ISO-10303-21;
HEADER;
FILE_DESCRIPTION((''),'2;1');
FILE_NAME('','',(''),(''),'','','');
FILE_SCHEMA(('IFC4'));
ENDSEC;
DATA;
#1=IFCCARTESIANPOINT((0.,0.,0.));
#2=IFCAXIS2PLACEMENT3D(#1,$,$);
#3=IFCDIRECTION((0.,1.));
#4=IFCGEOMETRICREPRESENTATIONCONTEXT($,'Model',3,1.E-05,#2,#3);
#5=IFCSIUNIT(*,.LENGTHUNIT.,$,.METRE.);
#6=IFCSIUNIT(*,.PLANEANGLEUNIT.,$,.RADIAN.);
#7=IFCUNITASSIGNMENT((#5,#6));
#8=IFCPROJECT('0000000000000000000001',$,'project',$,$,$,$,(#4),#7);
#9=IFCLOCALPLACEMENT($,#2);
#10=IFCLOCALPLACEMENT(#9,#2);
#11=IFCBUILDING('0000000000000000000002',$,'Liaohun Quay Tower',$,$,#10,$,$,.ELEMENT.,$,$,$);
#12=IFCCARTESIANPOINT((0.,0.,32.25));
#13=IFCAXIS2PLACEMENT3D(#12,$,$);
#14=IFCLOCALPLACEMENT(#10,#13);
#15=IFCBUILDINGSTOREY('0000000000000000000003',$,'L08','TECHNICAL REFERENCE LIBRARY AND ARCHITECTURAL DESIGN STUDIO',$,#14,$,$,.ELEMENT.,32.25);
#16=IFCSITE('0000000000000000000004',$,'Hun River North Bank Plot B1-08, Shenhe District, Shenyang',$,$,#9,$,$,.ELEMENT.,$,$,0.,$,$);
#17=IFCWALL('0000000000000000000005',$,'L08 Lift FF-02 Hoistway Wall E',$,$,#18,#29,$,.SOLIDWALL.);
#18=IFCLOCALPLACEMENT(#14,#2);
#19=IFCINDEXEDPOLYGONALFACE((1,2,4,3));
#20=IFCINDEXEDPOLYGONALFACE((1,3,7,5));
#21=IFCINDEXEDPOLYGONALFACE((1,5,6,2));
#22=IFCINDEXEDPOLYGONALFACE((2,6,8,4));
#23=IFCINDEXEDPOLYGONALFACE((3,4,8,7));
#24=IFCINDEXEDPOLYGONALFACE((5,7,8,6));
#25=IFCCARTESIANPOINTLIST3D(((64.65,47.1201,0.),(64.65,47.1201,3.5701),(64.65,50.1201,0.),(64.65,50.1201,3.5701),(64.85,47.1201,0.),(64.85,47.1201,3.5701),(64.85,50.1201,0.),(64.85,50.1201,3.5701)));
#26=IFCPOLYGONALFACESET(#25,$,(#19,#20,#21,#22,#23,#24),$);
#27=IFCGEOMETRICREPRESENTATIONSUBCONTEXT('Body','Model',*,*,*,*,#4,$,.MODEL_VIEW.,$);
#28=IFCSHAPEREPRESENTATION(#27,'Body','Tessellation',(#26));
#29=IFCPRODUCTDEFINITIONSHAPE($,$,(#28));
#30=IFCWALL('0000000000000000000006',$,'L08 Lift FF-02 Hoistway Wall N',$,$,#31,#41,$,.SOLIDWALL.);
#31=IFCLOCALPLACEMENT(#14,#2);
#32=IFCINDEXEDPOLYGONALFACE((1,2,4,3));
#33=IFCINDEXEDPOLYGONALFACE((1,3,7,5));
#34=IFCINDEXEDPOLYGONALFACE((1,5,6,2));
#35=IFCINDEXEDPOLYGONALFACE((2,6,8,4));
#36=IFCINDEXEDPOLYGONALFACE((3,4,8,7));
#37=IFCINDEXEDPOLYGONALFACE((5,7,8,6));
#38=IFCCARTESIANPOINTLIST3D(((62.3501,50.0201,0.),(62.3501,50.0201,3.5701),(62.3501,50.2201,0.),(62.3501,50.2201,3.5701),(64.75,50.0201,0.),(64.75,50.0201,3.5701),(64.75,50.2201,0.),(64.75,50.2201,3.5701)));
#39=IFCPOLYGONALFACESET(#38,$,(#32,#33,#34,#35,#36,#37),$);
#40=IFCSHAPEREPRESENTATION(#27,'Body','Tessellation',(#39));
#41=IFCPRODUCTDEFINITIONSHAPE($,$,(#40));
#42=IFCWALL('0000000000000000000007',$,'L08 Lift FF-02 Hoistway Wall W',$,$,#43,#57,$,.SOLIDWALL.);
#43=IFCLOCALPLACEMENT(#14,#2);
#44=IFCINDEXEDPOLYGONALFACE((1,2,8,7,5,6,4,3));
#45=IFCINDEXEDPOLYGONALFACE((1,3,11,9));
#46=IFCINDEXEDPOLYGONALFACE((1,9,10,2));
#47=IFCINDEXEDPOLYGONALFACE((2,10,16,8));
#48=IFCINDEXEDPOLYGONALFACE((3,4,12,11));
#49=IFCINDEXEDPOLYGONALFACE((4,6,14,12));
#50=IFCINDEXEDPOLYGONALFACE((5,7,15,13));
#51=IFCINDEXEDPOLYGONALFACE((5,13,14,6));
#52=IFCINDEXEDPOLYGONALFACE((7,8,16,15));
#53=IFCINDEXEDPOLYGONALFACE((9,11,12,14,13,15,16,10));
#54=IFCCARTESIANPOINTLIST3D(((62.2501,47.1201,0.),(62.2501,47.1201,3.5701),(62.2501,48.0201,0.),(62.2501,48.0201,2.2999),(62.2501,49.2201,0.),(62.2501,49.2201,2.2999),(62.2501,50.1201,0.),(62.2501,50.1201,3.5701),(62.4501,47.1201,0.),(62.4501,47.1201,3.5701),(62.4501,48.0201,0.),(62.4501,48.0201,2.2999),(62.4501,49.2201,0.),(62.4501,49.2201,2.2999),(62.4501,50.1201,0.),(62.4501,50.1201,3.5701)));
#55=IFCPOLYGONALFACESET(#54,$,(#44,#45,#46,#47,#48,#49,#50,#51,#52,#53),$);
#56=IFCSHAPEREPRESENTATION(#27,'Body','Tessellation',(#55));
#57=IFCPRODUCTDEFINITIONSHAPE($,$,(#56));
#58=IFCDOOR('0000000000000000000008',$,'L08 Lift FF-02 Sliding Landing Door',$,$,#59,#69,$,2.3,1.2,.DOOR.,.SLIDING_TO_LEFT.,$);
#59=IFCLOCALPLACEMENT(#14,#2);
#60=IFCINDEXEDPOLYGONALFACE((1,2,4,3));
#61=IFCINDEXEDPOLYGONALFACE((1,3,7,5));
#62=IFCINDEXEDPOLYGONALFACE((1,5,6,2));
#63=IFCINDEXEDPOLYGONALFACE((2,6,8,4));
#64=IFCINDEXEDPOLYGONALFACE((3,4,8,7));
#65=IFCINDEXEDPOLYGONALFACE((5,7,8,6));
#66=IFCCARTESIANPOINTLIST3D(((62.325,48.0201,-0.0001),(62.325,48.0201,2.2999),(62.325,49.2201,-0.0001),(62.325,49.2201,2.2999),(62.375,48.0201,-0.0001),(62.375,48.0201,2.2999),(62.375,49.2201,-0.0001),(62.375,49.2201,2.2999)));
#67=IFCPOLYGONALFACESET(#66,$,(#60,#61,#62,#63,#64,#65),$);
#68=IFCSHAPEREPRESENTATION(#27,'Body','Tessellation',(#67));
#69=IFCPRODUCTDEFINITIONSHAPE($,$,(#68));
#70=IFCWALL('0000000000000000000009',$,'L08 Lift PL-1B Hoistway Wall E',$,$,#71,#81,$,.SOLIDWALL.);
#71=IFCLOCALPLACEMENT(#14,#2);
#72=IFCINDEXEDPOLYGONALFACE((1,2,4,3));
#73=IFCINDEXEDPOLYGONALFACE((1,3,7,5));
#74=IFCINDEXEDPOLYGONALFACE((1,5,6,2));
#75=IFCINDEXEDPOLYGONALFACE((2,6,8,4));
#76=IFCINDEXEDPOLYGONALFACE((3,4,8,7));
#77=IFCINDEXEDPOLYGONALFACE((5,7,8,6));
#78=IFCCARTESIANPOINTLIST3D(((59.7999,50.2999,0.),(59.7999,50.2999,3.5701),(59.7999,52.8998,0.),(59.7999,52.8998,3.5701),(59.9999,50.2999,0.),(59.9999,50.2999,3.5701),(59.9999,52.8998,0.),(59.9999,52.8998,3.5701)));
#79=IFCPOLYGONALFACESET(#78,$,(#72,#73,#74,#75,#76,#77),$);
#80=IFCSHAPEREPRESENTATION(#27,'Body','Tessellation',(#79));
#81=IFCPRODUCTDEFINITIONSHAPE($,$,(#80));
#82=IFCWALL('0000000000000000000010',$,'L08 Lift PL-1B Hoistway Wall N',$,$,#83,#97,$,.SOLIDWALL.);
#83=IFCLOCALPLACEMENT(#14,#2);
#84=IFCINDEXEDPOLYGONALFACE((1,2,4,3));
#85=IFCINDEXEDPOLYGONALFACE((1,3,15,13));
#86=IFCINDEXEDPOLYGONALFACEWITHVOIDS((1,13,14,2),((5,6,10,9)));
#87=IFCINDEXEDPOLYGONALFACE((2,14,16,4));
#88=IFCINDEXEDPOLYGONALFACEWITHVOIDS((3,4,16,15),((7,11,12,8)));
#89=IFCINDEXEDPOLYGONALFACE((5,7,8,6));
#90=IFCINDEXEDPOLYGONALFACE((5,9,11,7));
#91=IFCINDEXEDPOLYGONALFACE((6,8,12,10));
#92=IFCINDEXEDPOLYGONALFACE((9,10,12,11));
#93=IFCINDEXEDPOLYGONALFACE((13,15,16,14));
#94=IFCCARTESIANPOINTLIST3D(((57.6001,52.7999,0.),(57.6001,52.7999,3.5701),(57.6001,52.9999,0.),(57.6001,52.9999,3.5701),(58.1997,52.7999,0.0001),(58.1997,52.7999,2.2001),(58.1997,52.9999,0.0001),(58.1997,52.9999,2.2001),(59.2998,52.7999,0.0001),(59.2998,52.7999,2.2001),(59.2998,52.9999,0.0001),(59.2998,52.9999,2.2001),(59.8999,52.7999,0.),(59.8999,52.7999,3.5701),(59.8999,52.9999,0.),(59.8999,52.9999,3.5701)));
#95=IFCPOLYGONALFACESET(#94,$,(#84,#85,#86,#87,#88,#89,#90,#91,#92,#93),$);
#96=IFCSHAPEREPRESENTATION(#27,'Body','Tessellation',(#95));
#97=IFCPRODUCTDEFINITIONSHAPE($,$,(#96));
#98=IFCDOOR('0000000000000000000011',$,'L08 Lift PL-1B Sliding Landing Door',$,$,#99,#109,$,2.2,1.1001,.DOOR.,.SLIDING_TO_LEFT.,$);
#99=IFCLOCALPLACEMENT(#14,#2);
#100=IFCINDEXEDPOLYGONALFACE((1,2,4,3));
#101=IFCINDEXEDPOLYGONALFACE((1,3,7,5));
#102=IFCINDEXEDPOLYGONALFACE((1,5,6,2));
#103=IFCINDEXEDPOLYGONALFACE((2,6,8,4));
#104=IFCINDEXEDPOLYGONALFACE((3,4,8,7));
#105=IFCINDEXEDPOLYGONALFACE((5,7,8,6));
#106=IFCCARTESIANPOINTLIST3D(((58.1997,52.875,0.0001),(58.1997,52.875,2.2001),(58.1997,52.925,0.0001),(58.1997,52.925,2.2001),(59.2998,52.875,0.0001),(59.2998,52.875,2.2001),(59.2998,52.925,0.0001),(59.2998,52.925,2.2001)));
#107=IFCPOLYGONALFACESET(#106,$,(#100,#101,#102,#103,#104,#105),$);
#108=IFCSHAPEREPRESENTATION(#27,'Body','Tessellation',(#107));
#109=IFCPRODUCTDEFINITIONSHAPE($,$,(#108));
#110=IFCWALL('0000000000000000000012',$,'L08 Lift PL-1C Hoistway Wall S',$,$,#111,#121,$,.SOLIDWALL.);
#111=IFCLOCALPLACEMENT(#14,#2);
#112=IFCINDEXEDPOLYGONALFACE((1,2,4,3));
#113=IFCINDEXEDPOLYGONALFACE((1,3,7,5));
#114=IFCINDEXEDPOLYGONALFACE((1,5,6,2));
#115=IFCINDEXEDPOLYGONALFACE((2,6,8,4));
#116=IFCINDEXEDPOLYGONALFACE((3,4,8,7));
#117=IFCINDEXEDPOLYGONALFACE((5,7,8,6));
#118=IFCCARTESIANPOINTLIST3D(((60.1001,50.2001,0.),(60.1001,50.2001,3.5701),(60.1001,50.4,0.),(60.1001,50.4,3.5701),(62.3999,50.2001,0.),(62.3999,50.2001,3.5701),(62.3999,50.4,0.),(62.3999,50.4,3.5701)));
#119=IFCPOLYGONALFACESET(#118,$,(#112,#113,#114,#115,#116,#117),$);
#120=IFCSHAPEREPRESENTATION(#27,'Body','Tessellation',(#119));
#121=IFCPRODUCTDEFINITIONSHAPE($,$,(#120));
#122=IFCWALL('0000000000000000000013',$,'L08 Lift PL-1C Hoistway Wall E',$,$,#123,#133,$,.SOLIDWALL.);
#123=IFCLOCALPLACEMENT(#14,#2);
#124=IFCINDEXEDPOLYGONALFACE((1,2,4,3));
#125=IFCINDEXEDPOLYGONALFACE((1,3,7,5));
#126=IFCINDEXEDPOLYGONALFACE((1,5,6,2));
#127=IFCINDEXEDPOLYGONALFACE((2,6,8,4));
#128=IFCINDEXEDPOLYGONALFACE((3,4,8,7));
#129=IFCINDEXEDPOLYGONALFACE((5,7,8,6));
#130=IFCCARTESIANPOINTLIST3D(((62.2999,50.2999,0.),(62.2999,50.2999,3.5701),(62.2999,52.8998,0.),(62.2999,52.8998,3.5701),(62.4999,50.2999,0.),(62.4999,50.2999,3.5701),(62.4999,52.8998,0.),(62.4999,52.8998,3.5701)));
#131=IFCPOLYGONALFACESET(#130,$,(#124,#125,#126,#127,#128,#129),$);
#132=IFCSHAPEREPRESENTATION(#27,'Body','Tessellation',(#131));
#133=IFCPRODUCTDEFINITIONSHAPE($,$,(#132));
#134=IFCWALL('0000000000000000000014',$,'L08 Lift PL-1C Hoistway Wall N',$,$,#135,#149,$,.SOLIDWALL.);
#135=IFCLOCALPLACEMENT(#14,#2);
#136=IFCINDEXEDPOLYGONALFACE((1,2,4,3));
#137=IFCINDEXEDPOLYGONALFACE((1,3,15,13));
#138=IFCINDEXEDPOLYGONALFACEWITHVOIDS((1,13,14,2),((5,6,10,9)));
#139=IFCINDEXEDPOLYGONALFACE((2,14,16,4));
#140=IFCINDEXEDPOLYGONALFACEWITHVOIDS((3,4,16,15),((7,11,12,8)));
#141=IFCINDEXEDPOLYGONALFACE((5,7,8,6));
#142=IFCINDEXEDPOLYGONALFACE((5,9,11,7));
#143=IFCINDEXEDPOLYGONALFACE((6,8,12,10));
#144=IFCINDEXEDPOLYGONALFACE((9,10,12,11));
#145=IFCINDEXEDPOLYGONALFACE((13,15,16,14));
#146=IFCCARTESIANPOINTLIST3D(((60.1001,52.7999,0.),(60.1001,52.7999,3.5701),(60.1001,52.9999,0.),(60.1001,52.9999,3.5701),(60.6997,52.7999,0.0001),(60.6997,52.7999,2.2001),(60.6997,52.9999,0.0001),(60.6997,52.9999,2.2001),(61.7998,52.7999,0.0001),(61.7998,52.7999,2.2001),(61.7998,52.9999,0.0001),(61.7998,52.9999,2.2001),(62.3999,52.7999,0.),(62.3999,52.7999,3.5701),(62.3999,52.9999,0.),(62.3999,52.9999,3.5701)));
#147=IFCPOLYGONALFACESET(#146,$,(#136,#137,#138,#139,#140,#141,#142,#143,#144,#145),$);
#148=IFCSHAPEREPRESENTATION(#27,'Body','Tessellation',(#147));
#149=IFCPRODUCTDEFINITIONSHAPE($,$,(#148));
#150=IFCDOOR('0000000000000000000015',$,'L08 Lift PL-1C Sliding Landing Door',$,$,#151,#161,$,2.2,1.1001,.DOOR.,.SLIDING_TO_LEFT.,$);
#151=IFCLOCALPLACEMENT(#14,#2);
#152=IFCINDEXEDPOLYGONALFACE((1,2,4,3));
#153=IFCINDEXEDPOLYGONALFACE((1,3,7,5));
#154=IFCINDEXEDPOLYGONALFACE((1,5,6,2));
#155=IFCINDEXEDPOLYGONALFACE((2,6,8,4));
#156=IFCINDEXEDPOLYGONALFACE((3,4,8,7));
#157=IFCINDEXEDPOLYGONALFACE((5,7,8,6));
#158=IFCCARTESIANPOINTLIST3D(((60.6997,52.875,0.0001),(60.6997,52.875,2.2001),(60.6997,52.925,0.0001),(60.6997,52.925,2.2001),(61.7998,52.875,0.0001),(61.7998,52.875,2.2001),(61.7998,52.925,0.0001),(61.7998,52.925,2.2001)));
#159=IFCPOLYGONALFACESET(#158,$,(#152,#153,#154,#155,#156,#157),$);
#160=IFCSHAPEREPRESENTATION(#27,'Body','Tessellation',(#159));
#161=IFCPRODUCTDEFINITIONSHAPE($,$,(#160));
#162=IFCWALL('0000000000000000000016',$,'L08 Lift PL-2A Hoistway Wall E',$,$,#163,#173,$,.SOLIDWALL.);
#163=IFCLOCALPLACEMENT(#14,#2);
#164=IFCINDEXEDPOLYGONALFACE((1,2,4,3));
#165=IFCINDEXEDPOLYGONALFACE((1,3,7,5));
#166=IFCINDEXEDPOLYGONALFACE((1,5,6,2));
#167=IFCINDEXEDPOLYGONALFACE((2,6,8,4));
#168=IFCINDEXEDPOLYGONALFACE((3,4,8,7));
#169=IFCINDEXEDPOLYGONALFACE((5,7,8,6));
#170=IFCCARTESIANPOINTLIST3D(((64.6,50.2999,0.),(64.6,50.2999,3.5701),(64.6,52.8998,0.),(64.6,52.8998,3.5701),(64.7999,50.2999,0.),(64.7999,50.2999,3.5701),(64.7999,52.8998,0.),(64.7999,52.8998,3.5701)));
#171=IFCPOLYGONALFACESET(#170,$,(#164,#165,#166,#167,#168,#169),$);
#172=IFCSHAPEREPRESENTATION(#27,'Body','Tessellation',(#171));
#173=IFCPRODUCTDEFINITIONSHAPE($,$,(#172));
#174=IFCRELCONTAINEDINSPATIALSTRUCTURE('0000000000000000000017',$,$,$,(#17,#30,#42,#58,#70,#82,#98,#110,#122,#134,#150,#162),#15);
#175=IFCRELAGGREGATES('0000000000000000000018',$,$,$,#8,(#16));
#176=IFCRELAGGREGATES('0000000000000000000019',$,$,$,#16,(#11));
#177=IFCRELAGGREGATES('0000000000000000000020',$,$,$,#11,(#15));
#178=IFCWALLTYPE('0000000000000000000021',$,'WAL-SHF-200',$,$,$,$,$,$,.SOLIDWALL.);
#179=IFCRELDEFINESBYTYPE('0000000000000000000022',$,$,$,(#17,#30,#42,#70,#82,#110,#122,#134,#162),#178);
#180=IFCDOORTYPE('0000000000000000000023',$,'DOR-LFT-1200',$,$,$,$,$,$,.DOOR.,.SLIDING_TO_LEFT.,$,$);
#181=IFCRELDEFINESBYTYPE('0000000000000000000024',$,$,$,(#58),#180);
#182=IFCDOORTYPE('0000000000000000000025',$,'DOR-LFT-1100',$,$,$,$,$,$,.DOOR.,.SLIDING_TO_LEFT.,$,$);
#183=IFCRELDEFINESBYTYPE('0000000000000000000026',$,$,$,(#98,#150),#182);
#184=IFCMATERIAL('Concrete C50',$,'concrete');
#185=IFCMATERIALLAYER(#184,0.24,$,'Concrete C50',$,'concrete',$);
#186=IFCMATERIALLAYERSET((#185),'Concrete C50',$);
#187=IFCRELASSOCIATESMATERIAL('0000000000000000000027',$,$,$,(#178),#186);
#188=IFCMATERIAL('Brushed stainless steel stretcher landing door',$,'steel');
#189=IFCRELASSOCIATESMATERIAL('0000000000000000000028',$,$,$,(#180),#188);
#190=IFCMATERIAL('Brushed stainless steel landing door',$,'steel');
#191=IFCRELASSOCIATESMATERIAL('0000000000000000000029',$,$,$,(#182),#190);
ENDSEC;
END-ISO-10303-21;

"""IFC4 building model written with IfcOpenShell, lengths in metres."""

from ifc_helpers import new_model, si_unit, direction, frame, frame_2d, origin, place, context, subcontext, project, spatial, rectangle, extrude, source, transform, mapped, material, layer, layer_set, type_object, element, fill, save


model = new_model("IFC4")

# Units and contexts
model_context = context("Model", 3, precision=1e-05, world=origin(), true_north=direction((0.0, 1.0)))
body_context = subcontext(model_context, "Body", "Model", "MODEL_VIEW")
ifc_project = project(units=[si_unit("LENGTHUNIT", "METRE"), si_unit("PLANEANGLEUNIT", "RADIAN")], contexts=[model_context])

# Site, building, storey
site_placement = place(None, origin())
site = spatial("IfcSite", under=ifc_project, at=site_placement, Name="Hun River North Bank Plot B1-08, Shenhe District, Shenyang", CompositionType="ELEMENT", RefElevation=0.0)
building_placement = place(site_placement, origin())
building = spatial("IfcBuilding", under=site, at=building_placement, Name="Liaohun Quay Tower", CompositionType="ELEMENT")
storey_placement = place(building_placement, frame((0.0, 0.0, 32.25)))
storey = spatial("IfcBuildingStorey", under=building, at=storey_placement, Name="L08", Description="TECHNICAL REFERENCE LIBRARY AND ARCHITECTURAL DESIGN STUDIO", CompositionType="ELEMENT", Elevation=32.25)

# Shared definitions
ifc_material_1 = material(Name="Concrete C50", Category="concrete")
ifc_layer_1 = layer(ifc_material_1, 0.24, Name="Concrete C50", Category="concrete")
ifc_layer_set_1 = layer_set([ifc_layer_1], Name="Concrete C50")
wall_type_1 = type_object("IfcWallType", Name="WAL-SHF-200", PredefinedType="SOLIDWALL", material=ifc_layer_set_1)

# Walls
wall_1_placement = place(storey_placement, frame((64.75, 47.1201, 0.0), z_axis=(0.0, 0.0, 1.0), x_axis=(0.0, 1.0, 0.0)))
element("IfcWall", 1, at=wall_1_placement, inside=storey, type_object=wall_type_1, Name="L08 Lift FF-02 Hoistway Wall E", PredefinedType="SOLIDWALL", context=body_context, shape_type="SweptSolid", body=[
    extrude(rectangle(XDim=3.0, YDim=0.2, at=frame_2d((1.5, 0.0))), origin(), (0.0, 0.0, 1.0), 3.5701),
])
wall_2_placement = place(storey_placement, frame((64.75, 50.1201, 0.0), z_axis=(0.0, 0.0, 1.0), x_axis=(-1.0, 0.0, 0.0)))
element("IfcWall", 2, at=wall_2_placement, inside=storey, type_object=wall_type_1, Name="L08 Lift FF-02 Hoistway Wall N", PredefinedType="SOLIDWALL", context=body_context, shape_type="SweptSolid", body=[
    extrude(rectangle(XDim=2.3999, YDim=0.2, at=frame_2d((1.2, 0.0))), origin(), (0.0, 0.0, 1.0), 3.5701),
])

# Wall, opening, door
wall_3_placement = place(storey_placement, frame((62.3501, 50.1201, 0.0), z_axis=(0.0, 0.0, 1.0), x_axis=(0.0, -1.0, 0.0)))
wall_3 = element("IfcWall", 3, at=wall_3_placement, inside=storey, type_object=wall_type_1, Name="L08 Lift FF-02 Hoistway Wall W", PredefinedType="SOLIDWALL", context=body_context, shape_type="SweptSolid", body=[
    extrude(rectangle(XDim=3.0, YDim=0.2, at=frame_2d((1.5, 0.0))), origin(), (0.0, 0.0, 1.0), 3.5701),
])
shared_shape_1 = source(origin(), body_context, "Body", "SweptSolid", [
    extrude(rectangle(XDim=1.2, YDim=2.3, at=frame_2d((0.6001, 1.1499))), frame((0.0, 0.1099, 0.0), z_axis=(0.0, -1.0, 0.0), x_axis=(1.0, 0.0, 0.0)), (0.0, 0.0, 1.0), 0.22),
])
opening_1_placement = place(wall_3_placement, frame((0.8999, 0.0, 0.0)))
opening_1 = element("IfcOpeningElement", 4, at=opening_1_placement, cuts=wall_3, PredefinedType="OPENING", context=body_context, shape_type="MappedRepresentation", body=[
    mapped(shared_shape_1, transform((0.0, 0.0, 0.0), x_axis=(1.0, 0.0, 0.0), y_axis=(0.0, 1.0, 0.0), z_axis=(0.0, 0.0, 1.0), scale=1.0)),
])
ifc_material_2 = material(Name="Brushed stainless steel stretcher landing door", Category="steel")
door_type_1 = type_object("IfcDoorType", Name="DOR-LFT-1200", OperationType="SLIDING_TO_LEFT", PredefinedType="DOOR", material=ifc_material_2)
shared_shape_2 = source(origin(), body_context, "Body", "SweptSolid", [
    extrude(rectangle(XDim=1.2, YDim=2.3, at=frame_2d((0.6001, 1.1499))), frame((0.0, 0.0249, 0.0), z_axis=(0.0, -1.0, 0.0), x_axis=(1.0, 0.0, 0.0)), (0.0, 0.0, 1.0), 0.05),
])
door_1_placement = place(opening_1_placement, origin())
door_1 = element("IfcDoor", 5, at=door_1_placement, inside=storey, type_object=door_type_1, Name="L08 Lift FF-02 Sliding Landing Door", OperationType="SLIDING_TO_LEFT", OverallHeight=2.3, OverallWidth=1.2, PredefinedType="DOOR", context=body_context, shape_type="MappedRepresentation", body=[
    mapped(shared_shape_2, transform((0.0, 0.0, 0.0), x_axis=(1.0, 0.0, 0.0), y_axis=(0.0, 1.0, 0.0), z_axis=(0.0, 0.0, 1.0), scale=1.0)),
])
fill(opening_1, door_1)

# Wall
wall_4_placement = place(storey_placement, frame((59.8999, 50.3, 0.0), z_axis=(0.0, 0.0, 1.0), x_axis=(0.0, 1.0, 0.0)))
element("IfcWall", 6, at=wall_4_placement, inside=storey, type_object=wall_type_1, Name="L08 Lift PL-1B Hoistway Wall E", PredefinedType="SOLIDWALL", context=body_context, shape_type="SweptSolid", body=[
    extrude(rectangle(XDim=2.5999, YDim=0.2, at=frame_2d((1.2998, 0.0))), origin(), (0.0, 0.0, 1.0), 3.5701),
])

# Wall, opening, door
wall_5_placement = place(storey_placement, frame((59.8999, 52.8999, 0.0), z_axis=(0.0, 0.0, 1.0), x_axis=(-1.0, 0.0, 0.0)))
wall_5 = element("IfcWall", 7, at=wall_5_placement, inside=storey, type_object=wall_type_1, Name="L08 Lift PL-1B Hoistway Wall N", PredefinedType="SOLIDWALL", context=body_context, shape_type="SweptSolid", body=[
    extrude(rectangle(XDim=2.2998, YDim=0.2, at=frame_2d((1.1499, 0.0))), origin(), (0.0, 0.0, 1.0), 3.5701),
])
shared_shape_3 = source(origin(), body_context, "Body", "SweptSolid", [
    extrude(rectangle(XDim=1.1001, YDim=2.2, at=frame_2d((0.55, 1.1001))), frame((0.0, 0.1099, 0.0), z_axis=(0.0, -1.0, 0.0), x_axis=(1.0, 0.0, 0.0)), (0.0, 0.0, 1.0), 0.22),
])
opening_2_placement = place(wall_5_placement, frame((0.6001, 0.0, 0.0)))
opening_2 = element("IfcOpeningElement", 8, at=opening_2_placement, cuts=wall_5, PredefinedType="OPENING", context=body_context, shape_type="MappedRepresentation", body=[
    mapped(shared_shape_3, transform((0.0, 0.0, 0.0), x_axis=(1.0, 0.0, 0.0), y_axis=(0.0, 1.0, 0.0), z_axis=(0.0, 0.0, 1.0), scale=1.0)),
])
ifc_material_3 = material(Name="Brushed stainless steel landing door", Category="steel")
door_type_2 = type_object("IfcDoorType", Name="DOR-LFT-1100", OperationType="SLIDING_TO_LEFT", PredefinedType="DOOR", material=ifc_material_3)
shared_shape_4 = source(origin(), body_context, "Body", "SweptSolid", [
    extrude(rectangle(XDim=1.1001, YDim=2.2, at=frame_2d((0.55, 1.1001))), frame((0.0, 0.0249, 0.0), z_axis=(0.0, -1.0, 0.0), x_axis=(1.0, 0.0, 0.0)), (0.0, 0.0, 1.0), 0.05),
])
door_2_placement = place(opening_2_placement, origin())
door_2 = element("IfcDoor", 9, at=door_2_placement, inside=storey, type_object=door_type_2, Name="L08 Lift PL-1B Sliding Landing Door", OperationType="SLIDING_TO_LEFT", OverallHeight=2.2, OverallWidth=1.1001, PredefinedType="DOOR", context=body_context, shape_type="MappedRepresentation", body=[
    mapped(shared_shape_4, transform((0.0, 0.0, 0.0), x_axis=(1.0, 0.0, 0.0), y_axis=(0.0, 1.0, 0.0), z_axis=(0.0, 0.0, 1.0), scale=1.0)),
])
fill(opening_2, door_2)

# Walls
wall_6_placement = place(storey_placement, frame((60.1001, 50.3, 0.0), z_axis=(0.0, 0.0, 1.0), x_axis=(1.0, 0.0, 0.0)))
element("IfcWall", 10, at=wall_6_placement, inside=storey, type_object=wall_type_1, Name="L08 Lift PL-1C Hoistway Wall S", PredefinedType="SOLIDWALL", context=body_context, shape_type="SweptSolid", body=[
    extrude(rectangle(XDim=2.2998, YDim=0.2, at=frame_2d((1.1499, 0.0))), origin(), (0.0, 0.0, 1.0), 3.5701),
])
wall_7_placement = place(storey_placement, frame((62.3999, 50.3, 0.0), z_axis=(0.0, 0.0, 1.0), x_axis=(0.0, 1.0, 0.0)))
element("IfcWall", 11, at=wall_7_placement, inside=storey, type_object=wall_type_1, Name="L08 Lift PL-1C Hoistway Wall E", PredefinedType="SOLIDWALL", context=body_context, shape_type="SweptSolid", body=[
    extrude(rectangle(XDim=2.5999, YDim=0.2, at=frame_2d((1.2998, 0.0))), origin(), (0.0, 0.0, 1.0), 3.5701),
])

# Wall, opening, door
wall_8_placement = place(storey_placement, frame((62.3999, 52.8999, 0.0), z_axis=(0.0, 0.0, 1.0), x_axis=(-1.0, 0.0, 0.0)))
wall_8 = element("IfcWall", 12, at=wall_8_placement, inside=storey, type_object=wall_type_1, Name="L08 Lift PL-1C Hoistway Wall N", PredefinedType="SOLIDWALL", context=body_context, shape_type="SweptSolid", body=[
    extrude(rectangle(XDim=2.2998, YDim=0.2, at=frame_2d((1.1499, 0.0))), origin(), (0.0, 0.0, 1.0), 3.5701),
])
opening_3_placement = place(wall_8_placement, frame((0.6001, 0.0, 0.0)))
opening_3 = element("IfcOpeningElement", 13, at=opening_3_placement, cuts=wall_8, PredefinedType="OPENING", context=body_context, shape_type="MappedRepresentation", body=[
    mapped(shared_shape_3, transform((0.0, 0.0, 0.0), x_axis=(1.0, 0.0, 0.0), y_axis=(0.0, 1.0, 0.0), z_axis=(0.0, 0.0, 1.0), scale=1.0)),
])
door_3_placement = place(opening_3_placement, origin())
door_3 = element("IfcDoor", 14, at=door_3_placement, inside=storey, type_object=door_type_2, Name="L08 Lift PL-1C Sliding Landing Door", OperationType="SLIDING_TO_LEFT", OverallHeight=2.2, OverallWidth=1.1001, PredefinedType="DOOR", context=body_context, shape_type="MappedRepresentation", body=[
    mapped(shared_shape_4, transform((0.0, 0.0, 0.0), x_axis=(1.0, 0.0, 0.0), y_axis=(0.0, 1.0, 0.0), z_axis=(0.0, 0.0, 1.0), scale=1.0)),
])
fill(opening_3, door_3)

# Wall
wall_9_placement = place(storey_placement, frame((64.7, 50.3, 0.0), z_axis=(0.0, 0.0, 1.0), x_axis=(0.0, 1.0, 0.0)))
element("IfcWall", 15, at=wall_9_placement, inside=storey, type_object=wall_type_1, Name="L08 Lift PL-2A Hoistway Wall E", PredefinedType="SOLIDWALL", context=body_context, shape_type="SweptSolid", body=[
    extrude(rectangle(XDim=2.5999, YDim=0.2, at=frame_2d((1.2998, 0.0))), origin(), (0.0, 0.0, 1.0), 3.5701),
])

save(model, "model.ifc")
